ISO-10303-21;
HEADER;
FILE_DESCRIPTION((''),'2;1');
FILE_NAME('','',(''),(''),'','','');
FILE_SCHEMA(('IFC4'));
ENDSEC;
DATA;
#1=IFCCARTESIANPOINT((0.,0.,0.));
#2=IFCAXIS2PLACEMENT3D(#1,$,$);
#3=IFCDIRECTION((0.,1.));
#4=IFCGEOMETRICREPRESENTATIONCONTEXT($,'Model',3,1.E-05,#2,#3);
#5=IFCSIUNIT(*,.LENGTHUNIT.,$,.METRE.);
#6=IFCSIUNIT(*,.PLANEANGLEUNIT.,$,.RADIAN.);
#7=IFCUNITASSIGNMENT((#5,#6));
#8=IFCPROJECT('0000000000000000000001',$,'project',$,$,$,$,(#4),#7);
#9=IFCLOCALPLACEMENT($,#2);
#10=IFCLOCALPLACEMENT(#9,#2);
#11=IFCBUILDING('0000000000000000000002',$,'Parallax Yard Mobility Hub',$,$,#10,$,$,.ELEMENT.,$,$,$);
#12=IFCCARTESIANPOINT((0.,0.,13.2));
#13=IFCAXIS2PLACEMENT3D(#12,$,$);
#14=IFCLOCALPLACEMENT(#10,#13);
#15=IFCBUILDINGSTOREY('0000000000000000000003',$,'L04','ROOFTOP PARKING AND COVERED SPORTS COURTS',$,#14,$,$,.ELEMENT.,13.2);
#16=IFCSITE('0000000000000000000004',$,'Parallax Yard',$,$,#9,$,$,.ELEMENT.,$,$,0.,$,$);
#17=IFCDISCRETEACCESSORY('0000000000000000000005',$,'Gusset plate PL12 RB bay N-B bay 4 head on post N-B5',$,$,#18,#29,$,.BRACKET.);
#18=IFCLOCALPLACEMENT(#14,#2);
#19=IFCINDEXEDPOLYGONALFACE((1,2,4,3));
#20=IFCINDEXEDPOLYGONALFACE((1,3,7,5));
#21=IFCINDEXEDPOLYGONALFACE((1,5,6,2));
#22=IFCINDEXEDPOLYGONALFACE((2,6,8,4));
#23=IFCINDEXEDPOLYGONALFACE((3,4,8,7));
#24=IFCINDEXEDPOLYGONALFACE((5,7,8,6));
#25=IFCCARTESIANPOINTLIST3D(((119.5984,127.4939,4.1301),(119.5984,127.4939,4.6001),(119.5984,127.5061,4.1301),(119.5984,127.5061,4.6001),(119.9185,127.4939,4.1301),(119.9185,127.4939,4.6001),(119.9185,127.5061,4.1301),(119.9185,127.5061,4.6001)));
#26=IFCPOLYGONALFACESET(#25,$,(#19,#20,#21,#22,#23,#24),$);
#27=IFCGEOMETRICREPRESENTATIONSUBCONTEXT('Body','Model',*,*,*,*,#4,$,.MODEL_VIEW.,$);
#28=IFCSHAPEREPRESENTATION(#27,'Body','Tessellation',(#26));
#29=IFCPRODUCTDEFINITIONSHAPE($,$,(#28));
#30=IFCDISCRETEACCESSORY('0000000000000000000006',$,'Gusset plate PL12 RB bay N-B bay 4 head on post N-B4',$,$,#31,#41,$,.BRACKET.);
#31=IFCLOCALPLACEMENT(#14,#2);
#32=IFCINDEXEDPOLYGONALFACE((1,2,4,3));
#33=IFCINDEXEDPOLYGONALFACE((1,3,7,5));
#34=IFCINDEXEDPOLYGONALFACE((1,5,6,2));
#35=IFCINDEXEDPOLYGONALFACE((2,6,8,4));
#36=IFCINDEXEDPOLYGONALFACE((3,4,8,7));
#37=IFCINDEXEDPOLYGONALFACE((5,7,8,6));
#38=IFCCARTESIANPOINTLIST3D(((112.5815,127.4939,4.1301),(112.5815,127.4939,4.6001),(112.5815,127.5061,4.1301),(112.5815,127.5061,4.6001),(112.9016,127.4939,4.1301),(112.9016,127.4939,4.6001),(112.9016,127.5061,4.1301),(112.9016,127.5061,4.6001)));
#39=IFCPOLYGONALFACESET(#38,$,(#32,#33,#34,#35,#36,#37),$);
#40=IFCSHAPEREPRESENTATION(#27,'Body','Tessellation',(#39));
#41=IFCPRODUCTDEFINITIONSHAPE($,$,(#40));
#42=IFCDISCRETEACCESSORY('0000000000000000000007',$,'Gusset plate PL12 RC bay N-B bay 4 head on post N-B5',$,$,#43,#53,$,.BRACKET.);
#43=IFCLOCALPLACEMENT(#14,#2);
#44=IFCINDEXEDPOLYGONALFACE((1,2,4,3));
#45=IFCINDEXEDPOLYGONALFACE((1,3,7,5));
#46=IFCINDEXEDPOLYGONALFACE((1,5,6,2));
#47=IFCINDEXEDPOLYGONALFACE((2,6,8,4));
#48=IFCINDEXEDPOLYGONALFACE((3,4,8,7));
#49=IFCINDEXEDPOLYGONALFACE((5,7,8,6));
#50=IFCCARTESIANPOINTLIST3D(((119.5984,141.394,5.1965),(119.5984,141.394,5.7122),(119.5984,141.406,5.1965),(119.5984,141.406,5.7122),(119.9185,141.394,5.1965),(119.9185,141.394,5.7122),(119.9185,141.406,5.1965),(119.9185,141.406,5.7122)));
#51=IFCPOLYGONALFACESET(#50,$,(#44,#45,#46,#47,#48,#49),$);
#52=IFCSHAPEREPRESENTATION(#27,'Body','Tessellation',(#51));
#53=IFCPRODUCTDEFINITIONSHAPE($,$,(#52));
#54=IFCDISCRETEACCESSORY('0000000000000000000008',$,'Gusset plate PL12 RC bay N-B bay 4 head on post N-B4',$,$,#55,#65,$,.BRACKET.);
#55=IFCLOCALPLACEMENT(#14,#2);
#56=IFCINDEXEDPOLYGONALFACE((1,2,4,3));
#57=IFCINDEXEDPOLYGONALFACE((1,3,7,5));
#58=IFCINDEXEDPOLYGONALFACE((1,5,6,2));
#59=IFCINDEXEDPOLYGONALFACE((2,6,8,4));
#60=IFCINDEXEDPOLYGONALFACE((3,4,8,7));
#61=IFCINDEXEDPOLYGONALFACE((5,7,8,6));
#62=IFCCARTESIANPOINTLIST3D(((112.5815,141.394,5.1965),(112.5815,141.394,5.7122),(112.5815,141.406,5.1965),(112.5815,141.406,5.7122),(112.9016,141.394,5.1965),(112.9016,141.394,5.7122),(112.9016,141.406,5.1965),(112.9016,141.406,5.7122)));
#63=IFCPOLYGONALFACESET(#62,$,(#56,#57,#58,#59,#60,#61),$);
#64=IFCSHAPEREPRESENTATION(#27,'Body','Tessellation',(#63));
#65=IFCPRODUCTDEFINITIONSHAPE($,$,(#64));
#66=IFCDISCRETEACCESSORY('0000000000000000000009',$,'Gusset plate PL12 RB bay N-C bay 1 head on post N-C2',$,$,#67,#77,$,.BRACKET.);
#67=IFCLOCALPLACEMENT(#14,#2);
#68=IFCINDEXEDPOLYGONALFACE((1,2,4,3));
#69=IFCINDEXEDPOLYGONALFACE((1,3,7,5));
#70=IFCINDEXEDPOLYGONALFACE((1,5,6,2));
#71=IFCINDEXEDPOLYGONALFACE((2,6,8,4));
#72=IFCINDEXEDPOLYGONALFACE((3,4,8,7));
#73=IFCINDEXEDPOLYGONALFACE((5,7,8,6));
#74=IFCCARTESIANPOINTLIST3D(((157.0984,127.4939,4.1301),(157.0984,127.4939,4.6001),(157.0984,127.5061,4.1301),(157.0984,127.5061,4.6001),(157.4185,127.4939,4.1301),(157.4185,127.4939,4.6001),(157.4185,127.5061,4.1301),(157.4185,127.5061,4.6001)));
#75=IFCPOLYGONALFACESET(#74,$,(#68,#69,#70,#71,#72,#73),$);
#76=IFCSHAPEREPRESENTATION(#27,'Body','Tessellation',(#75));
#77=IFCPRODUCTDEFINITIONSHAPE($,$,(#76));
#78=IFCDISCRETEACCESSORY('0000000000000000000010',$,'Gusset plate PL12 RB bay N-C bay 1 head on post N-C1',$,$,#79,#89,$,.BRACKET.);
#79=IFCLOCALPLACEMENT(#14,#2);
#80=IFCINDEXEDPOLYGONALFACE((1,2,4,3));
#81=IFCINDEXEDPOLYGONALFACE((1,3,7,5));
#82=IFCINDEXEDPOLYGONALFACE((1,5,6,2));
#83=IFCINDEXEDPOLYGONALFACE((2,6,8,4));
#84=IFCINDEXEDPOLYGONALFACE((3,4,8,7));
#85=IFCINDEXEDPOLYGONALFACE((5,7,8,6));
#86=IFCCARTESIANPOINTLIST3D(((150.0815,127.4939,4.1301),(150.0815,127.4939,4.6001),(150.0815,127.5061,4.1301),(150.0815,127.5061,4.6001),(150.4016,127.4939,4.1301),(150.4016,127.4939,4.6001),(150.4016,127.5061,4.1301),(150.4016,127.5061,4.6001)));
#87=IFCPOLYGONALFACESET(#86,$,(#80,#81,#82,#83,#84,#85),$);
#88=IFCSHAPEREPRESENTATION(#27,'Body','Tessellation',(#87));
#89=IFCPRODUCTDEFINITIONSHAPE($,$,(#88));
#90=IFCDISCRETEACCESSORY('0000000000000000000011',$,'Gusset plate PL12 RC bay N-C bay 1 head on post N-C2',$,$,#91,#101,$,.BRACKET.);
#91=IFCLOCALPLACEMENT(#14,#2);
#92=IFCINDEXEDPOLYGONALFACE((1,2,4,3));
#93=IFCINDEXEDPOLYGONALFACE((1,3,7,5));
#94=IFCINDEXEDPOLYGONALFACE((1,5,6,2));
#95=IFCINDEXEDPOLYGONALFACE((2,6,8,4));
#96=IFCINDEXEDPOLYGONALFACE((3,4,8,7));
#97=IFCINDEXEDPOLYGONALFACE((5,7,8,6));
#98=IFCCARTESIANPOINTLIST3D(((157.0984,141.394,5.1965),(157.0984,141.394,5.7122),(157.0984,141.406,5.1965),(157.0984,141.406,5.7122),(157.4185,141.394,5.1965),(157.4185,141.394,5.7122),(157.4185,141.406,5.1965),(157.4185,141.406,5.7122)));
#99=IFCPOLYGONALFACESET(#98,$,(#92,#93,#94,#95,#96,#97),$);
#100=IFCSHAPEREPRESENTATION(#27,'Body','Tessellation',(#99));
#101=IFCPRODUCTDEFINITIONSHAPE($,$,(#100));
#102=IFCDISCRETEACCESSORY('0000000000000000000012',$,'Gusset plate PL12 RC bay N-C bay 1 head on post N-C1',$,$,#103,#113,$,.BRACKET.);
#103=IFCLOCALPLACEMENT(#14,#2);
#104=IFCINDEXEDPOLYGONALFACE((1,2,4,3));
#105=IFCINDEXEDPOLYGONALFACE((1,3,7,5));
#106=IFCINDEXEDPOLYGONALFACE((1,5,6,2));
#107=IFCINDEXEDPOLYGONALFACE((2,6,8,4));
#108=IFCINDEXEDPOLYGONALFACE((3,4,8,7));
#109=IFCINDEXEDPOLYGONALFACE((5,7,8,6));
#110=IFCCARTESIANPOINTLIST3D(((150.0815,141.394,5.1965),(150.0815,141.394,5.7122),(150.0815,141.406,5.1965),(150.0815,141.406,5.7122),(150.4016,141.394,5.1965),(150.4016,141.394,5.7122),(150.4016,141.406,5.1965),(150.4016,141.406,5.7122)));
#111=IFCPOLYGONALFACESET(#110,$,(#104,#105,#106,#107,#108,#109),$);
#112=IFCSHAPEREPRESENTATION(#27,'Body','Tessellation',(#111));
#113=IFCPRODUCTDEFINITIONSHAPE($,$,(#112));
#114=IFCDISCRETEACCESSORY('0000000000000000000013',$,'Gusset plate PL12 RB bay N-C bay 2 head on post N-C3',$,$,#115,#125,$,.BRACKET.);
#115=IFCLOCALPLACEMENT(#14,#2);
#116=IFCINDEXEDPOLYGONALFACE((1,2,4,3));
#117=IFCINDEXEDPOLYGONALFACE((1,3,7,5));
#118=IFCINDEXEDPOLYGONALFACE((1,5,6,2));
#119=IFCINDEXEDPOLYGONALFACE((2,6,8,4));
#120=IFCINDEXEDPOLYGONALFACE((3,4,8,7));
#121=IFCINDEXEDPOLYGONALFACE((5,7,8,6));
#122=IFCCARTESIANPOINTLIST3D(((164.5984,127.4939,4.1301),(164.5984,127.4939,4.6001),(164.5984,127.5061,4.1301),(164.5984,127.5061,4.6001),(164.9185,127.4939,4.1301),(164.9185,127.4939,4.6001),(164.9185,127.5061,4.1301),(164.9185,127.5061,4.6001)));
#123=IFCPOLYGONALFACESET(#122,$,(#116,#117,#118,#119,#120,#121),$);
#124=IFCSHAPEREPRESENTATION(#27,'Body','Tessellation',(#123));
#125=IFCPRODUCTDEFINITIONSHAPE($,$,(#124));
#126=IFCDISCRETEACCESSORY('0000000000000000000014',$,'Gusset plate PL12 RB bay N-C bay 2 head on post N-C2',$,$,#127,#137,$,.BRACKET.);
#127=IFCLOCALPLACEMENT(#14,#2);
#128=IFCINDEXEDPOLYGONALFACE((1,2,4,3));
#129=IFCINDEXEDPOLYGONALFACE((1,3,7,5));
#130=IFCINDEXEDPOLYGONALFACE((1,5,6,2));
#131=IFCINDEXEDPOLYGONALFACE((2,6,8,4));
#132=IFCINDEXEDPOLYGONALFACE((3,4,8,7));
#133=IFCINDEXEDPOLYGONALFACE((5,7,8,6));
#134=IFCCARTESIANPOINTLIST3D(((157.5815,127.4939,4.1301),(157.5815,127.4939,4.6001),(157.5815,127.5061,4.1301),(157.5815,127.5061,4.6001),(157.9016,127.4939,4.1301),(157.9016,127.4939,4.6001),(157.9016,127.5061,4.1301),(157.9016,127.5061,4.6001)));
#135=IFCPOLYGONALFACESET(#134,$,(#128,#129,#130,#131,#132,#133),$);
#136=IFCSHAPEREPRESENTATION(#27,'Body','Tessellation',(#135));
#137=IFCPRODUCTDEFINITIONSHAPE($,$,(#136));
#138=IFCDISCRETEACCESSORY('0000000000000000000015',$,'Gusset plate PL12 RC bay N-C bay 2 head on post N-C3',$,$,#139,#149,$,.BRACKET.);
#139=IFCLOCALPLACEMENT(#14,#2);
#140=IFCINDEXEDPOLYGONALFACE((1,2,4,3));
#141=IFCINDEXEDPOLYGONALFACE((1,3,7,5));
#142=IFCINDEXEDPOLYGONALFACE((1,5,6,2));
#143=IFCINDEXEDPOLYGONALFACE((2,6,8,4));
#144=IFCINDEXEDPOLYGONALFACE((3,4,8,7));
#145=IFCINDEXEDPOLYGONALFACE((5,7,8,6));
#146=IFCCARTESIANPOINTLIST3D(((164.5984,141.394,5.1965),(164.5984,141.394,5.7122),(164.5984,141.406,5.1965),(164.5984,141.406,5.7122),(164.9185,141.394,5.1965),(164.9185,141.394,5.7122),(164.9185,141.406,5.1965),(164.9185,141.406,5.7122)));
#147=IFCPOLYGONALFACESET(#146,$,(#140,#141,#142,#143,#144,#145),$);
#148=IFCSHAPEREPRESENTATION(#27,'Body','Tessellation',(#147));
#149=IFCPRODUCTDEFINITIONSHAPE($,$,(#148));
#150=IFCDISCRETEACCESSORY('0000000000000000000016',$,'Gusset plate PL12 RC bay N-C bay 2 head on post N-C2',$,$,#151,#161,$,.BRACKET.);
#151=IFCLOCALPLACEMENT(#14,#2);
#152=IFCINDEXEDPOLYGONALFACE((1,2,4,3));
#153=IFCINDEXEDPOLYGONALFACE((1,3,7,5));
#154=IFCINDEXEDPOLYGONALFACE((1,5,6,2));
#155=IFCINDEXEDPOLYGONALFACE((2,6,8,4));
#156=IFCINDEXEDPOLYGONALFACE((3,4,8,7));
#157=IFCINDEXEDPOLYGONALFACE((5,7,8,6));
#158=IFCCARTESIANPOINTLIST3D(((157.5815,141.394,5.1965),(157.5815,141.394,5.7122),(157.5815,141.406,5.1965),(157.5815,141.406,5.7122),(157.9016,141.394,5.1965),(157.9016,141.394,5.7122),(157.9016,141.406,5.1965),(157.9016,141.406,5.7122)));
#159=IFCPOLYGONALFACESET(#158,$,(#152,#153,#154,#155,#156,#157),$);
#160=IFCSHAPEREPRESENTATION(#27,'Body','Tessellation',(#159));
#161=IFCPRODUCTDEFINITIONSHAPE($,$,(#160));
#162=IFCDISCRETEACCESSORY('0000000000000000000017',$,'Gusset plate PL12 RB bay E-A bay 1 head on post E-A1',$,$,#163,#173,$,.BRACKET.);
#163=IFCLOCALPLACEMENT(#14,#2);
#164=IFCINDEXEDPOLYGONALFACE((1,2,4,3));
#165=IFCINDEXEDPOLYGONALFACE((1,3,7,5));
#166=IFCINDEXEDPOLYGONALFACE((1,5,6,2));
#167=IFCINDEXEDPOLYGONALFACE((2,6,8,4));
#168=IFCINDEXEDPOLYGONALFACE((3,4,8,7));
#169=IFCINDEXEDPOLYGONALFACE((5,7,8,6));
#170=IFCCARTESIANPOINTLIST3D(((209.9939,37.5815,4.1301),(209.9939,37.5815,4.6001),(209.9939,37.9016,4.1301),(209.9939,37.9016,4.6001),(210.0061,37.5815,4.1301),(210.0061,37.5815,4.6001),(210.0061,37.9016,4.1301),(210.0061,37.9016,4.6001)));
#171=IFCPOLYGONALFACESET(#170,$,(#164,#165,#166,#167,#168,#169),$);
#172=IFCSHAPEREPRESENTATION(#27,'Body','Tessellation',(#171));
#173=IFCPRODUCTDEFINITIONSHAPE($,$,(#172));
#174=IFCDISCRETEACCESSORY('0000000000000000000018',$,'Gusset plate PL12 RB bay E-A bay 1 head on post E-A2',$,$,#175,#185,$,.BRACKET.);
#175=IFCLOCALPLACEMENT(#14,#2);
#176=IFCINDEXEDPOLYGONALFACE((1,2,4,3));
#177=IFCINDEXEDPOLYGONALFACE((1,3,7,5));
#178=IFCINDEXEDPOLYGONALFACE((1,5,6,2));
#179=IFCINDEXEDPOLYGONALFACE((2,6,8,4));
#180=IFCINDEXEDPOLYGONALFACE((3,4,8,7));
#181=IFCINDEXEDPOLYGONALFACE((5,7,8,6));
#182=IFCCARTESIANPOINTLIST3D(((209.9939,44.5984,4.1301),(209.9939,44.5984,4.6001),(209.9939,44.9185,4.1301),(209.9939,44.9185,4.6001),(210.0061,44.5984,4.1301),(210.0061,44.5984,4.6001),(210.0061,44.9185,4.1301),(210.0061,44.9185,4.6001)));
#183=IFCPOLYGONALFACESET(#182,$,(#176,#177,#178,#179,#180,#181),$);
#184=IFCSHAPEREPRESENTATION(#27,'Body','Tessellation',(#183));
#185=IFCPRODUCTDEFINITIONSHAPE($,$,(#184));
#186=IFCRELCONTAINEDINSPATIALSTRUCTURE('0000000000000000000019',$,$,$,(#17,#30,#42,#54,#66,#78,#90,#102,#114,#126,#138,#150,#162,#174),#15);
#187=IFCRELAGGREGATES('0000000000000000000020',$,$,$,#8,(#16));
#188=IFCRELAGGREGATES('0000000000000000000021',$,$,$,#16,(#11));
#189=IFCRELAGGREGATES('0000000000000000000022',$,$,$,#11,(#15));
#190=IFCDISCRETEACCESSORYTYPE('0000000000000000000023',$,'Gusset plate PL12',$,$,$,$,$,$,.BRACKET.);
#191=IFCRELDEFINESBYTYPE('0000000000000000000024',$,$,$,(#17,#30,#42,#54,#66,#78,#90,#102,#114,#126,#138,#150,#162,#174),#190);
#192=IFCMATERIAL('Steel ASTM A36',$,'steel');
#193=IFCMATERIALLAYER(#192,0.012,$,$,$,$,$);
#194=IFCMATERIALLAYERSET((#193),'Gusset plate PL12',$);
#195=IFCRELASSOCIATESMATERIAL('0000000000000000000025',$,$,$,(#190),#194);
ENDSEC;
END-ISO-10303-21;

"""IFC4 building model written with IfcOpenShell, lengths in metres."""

from ifc_helpers import new_model, si_unit, direction, frame, origin, place, context, subcontext, project, spatial, polyline, outline, extrude, material, layer, layer_set, type_object, element, save


model = new_model("IFC4")

# Units and contexts
model_context = context("Model", 3, precision=1e-05, world=origin(), true_north=direction((0.0, 1.0)))
body_context = subcontext(model_context, "Body", "Model", "MODEL_VIEW")
ifc_project = project(units=[si_unit("LENGTHUNIT", "METRE"), si_unit("PLANEANGLEUNIT", "RADIAN")], contexts=[model_context])

# Site, building, storey
site_placement = place(None, origin())
site = spatial("IfcSite", under=ifc_project, at=site_placement, Name="Parallax Yard", CompositionType="ELEMENT", RefElevation=0.0)
building_placement = place(site_placement, origin())
building = spatial("IfcBuilding", under=site, at=building_placement, Name="Parallax Yard Mobility Hub", CompositionType="ELEMENT")
storey_placement = place(building_placement, frame((0.0, 0.0, 13.2)))
storey = spatial("IfcBuildingStorey", under=building, at=storey_placement, Name="L04", Description="ROOFTOP PARKING AND COVERED SPORTS COURTS", CompositionType="ELEMENT", Elevation=13.2)

# Discrete accessories
ifc_material = material(Name="Steel ASTM A36", Category="steel")
ifc_layer = layer(ifc_material, 0.012)
ifc_layer_set = layer_set([ifc_layer], Name="Gusset plate PL12")
discrete_accessory_type = type_object("IfcDiscreteAccessoryType", Name="Gusset plate PL12", PredefinedType="BRACKET", material=ifc_layer_set)
discrete_accessory_1_placement = place(storey_placement, frame((0.0, 0.0, 4.1301)))
element("IfcDiscreteAccessory", 1, at=discrete_accessory_1_placement, inside=storey, type_object=discrete_accessory_type, Name="Gusset plate PL12 RB bay N-B bay 4 head on post N-B5", PredefinedType="BRACKET", context=body_context, shape_type="SweptSolid", body=[
    extrude(outline(polyline([(119.9185, 127.5061), (119.5984, 127.5061), (119.5984, 127.4939), (119.9185, 127.4939), (119.9185, 127.5061)])), origin(), (0.0, 0.0, 1.0), 0.47),
])
discrete_accessory_2_placement = place(storey_placement, frame((0.0, 0.0, 4.1301)))
element("IfcDiscreteAccessory", 2, at=discrete_accessory_2_placement, inside=storey, type_object=discrete_accessory_type, Name="Gusset plate PL12 RB bay N-B bay 4 head on post N-B4", PredefinedType="BRACKET", context=body_context, shape_type="SweptSolid", body=[
    extrude(outline(polyline([(112.5815, 127.4939), (112.9016, 127.4939), (112.9016, 127.5061), (112.5815, 127.5061), (112.5815, 127.4939)])), origin(), (0.0, 0.0, 1.0), 0.47),
])
discrete_accessory_3_placement = place(storey_placement, frame((0.0, 0.0, 5.1965)))
element("IfcDiscreteAccessory", 3, at=discrete_accessory_3_placement, inside=storey, type_object=discrete_accessory_type, Name="Gusset plate PL12 RC bay N-B bay 4 head on post N-B5", PredefinedType="BRACKET", context=body_context, shape_type="SweptSolid", body=[
    extrude(outline(polyline([(119.9185, 141.406), (119.5984, 141.406), (119.5984, 141.394), (119.9185, 141.394), (119.9185, 141.406)])), origin(), (0.0, 0.0, 1.0), 0.5156),
])
discrete_accessory_4_placement = place(storey_placement, frame((0.0, 0.0, 5.1965)))
element("IfcDiscreteAccessory", 4, at=discrete_accessory_4_placement, inside=storey, type_object=discrete_accessory_type, Name="Gusset plate PL12 RC bay N-B bay 4 head on post N-B4", PredefinedType="BRACKET", context=body_context, shape_type="SweptSolid", body=[
    extrude(outline(polyline([(112.5815, 141.394), (112.9016, 141.394), (112.9016, 141.406), (112.5815, 141.406), (112.5815, 141.394)])), origin(), (0.0, 0.0, 1.0), 0.5156),
])
discrete_accessory_5_placement = place(storey_placement, frame((0.0, 0.0, 4.1301)))
element("IfcDiscreteAccessory", 5, at=discrete_accessory_5_placement, inside=storey, type_object=discrete_accessory_type, Name="Gusset plate PL12 RB bay N-C bay 1 head on post N-C2", PredefinedType="BRACKET", context=body_context, shape_type="SweptSolid", body=[
    extrude(outline(polyline([(157.4185, 127.5061), (157.0984, 127.5061), (157.0984, 127.4939), (157.4185, 127.4939), (157.4185, 127.5061)])), origin(), (0.0, 0.0, 1.0), 0.47),
])
discrete_accessory_6_placement = place(storey_placement, frame((0.0, 0.0, 4.1301)))
element("IfcDiscreteAccessory", 6, at=discrete_accessory_6_placement, inside=storey, type_object=discrete_accessory_type, Name="Gusset plate PL12 RB bay N-C bay 1 head on post N-C1", PredefinedType="BRACKET", context=body_context, shape_type="SweptSolid", body=[
    extrude(outline(polyline([(150.0815, 127.4939), (150.4016, 127.4939), (150.4016, 127.5061), (150.0815, 127.5061), (150.0815, 127.4939)])), origin(), (0.0, 0.0, 1.0), 0.47),
])
discrete_accessory_7_placement = place(storey_placement, frame((0.0, 0.0, 5.1965)))
element("IfcDiscreteAccessory", 7, at=discrete_accessory_7_placement, inside=storey, type_object=discrete_accessory_type, Name="Gusset plate PL12 RC bay N-C bay 1 head on post N-C2", PredefinedType="BRACKET", context=body_context, shape_type="SweptSolid", body=[
    extrude(outline(polyline([(157.4185, 141.406), (157.0984, 141.406), (157.0984, 141.394), (157.4185, 141.394), (157.4185, 141.406)])), origin(), (0.0, 0.0, 1.0), 0.5156),
])
discrete_accessory_8_placement = place(storey_placement, frame((0.0, 0.0, 5.1965)))
element("IfcDiscreteAccessory", 8, at=discrete_accessory_8_placement, inside=storey, type_object=discrete_accessory_type, Name="Gusset plate PL12 RC bay N-C bay 1 head on post N-C1", PredefinedType="BRACKET", context=body_context, shape_type="SweptSolid", body=[
    extrude(outline(polyline([(150.0815, 141.394), (150.4016, 141.394), (150.4016, 141.406), (150.0815, 141.406), (150.0815, 141.394)])), origin(), (0.0, 0.0, 1.0), 0.5156),
])
discrete_accessory_9_placement = place(storey_placement, frame((0.0, 0.0, 4.1301)))
element("IfcDiscreteAccessory", 9, at=discrete_accessory_9_placement, inside=storey, type_object=discrete_accessory_type, Name="Gusset plate PL12 RB bay N-C bay 2 head on post N-C3", PredefinedType="BRACKET", context=body_context, shape_type="SweptSolid", body=[
    extrude(outline(polyline([(164.9185, 127.5061), (164.5984, 127.5061), (164.5984, 127.4939), (164.9185, 127.4939), (164.9185, 127.5061)])), origin(), (0.0, 0.0, 1.0), 0.47),
])
discrete_accessory_10_placement = place(storey_placement, frame((0.0, 0.0, 4.1301)))
element("IfcDiscreteAccessory", 10, at=discrete_accessory_10_placement, inside=storey, type_object=discrete_accessory_type, Name="Gusset plate PL12 RB bay N-C bay 2 head on post N-C2", PredefinedType="BRACKET", context=body_context, shape_type="SweptSolid", body=[
    extrude(outline(polyline([(157.5815, 127.4939), (157.9016, 127.4939), (157.9016, 127.5061), (157.5815, 127.5061), (157.5815, 127.4939)])), origin(), (0.0, 0.0, 1.0), 0.47),
])
discrete_accessory_11_placement = place(storey_placement, frame((0.0, 0.0, 5.1965)))
element("IfcDiscreteAccessory", 11, at=discrete_accessory_11_placement, inside=storey, type_object=discrete_accessory_type, Name="Gusset plate PL12 RC bay N-C bay 2 head on post N-C3", PredefinedType="BRACKET", context=body_context, shape_type="SweptSolid", body=[
    extrude(outline(polyline([(164.9185, 141.406), (164.5984, 141.406), (164.5984, 141.394), (164.9185, 141.394), (164.9185, 141.406)])), origin(), (0.0, 0.0, 1.0), 0.5156),
])
discrete_accessory_12_placement = place(storey_placement, frame((0.0, 0.0, 5.1965)))
element("IfcDiscreteAccessory", 12, at=discrete_accessory_12_placement, inside=storey, type_object=discrete_accessory_type, Name="Gusset plate PL12 RC bay N-C bay 2 head on post N-C2", PredefinedType="BRACKET", context=body_context, shape_type="SweptSolid", body=[
    extrude(outline(polyline([(157.5815, 141.394), (157.9016, 141.394), (157.9016, 141.406), (157.5815, 141.406), (157.5815, 141.394)])), origin(), (0.0, 0.0, 1.0), 0.5156),
])
discrete_accessory_13_placement = place(storey_placement, frame((0.0, 0.0, 4.1301)))
element("IfcDiscreteAccessory", 13, at=discrete_accessory_13_placement, inside=storey, type_object=discrete_accessory_type, Name="Gusset plate PL12 RB bay E-A bay 1 head on post E-A1", PredefinedType="BRACKET", context=body_context, shape_type="SweptSolid", body=[
    extrude(outline(polyline([(210.0061, 37.5815), (210.0061, 37.9016), (209.9939, 37.9016), (209.9939, 37.5815), (210.0061, 37.5815)])), origin(), (0.0, 0.0, 1.0), 0.47),
])
discrete_accessory_14_placement = place(storey_placement, frame((0.0, 0.0, 4.1301)))
element("IfcDiscreteAccessory", 14, at=discrete_accessory_14_placement, inside=storey, type_object=discrete_accessory_type, Name="Gusset plate PL12 RB bay E-A bay 1 head on post E-A2", PredefinedType="BRACKET", context=body_context, shape_type="SweptSolid", body=[
    extrude(outline(polyline([(209.9939, 44.9185), (209.9939, 44.5984), (210.0061, 44.5984), (210.0061, 44.9185), (209.9939, 44.9185)])), origin(), (0.0, 0.0, 1.0), 0.47),
])

save(model, "model.ifc")
